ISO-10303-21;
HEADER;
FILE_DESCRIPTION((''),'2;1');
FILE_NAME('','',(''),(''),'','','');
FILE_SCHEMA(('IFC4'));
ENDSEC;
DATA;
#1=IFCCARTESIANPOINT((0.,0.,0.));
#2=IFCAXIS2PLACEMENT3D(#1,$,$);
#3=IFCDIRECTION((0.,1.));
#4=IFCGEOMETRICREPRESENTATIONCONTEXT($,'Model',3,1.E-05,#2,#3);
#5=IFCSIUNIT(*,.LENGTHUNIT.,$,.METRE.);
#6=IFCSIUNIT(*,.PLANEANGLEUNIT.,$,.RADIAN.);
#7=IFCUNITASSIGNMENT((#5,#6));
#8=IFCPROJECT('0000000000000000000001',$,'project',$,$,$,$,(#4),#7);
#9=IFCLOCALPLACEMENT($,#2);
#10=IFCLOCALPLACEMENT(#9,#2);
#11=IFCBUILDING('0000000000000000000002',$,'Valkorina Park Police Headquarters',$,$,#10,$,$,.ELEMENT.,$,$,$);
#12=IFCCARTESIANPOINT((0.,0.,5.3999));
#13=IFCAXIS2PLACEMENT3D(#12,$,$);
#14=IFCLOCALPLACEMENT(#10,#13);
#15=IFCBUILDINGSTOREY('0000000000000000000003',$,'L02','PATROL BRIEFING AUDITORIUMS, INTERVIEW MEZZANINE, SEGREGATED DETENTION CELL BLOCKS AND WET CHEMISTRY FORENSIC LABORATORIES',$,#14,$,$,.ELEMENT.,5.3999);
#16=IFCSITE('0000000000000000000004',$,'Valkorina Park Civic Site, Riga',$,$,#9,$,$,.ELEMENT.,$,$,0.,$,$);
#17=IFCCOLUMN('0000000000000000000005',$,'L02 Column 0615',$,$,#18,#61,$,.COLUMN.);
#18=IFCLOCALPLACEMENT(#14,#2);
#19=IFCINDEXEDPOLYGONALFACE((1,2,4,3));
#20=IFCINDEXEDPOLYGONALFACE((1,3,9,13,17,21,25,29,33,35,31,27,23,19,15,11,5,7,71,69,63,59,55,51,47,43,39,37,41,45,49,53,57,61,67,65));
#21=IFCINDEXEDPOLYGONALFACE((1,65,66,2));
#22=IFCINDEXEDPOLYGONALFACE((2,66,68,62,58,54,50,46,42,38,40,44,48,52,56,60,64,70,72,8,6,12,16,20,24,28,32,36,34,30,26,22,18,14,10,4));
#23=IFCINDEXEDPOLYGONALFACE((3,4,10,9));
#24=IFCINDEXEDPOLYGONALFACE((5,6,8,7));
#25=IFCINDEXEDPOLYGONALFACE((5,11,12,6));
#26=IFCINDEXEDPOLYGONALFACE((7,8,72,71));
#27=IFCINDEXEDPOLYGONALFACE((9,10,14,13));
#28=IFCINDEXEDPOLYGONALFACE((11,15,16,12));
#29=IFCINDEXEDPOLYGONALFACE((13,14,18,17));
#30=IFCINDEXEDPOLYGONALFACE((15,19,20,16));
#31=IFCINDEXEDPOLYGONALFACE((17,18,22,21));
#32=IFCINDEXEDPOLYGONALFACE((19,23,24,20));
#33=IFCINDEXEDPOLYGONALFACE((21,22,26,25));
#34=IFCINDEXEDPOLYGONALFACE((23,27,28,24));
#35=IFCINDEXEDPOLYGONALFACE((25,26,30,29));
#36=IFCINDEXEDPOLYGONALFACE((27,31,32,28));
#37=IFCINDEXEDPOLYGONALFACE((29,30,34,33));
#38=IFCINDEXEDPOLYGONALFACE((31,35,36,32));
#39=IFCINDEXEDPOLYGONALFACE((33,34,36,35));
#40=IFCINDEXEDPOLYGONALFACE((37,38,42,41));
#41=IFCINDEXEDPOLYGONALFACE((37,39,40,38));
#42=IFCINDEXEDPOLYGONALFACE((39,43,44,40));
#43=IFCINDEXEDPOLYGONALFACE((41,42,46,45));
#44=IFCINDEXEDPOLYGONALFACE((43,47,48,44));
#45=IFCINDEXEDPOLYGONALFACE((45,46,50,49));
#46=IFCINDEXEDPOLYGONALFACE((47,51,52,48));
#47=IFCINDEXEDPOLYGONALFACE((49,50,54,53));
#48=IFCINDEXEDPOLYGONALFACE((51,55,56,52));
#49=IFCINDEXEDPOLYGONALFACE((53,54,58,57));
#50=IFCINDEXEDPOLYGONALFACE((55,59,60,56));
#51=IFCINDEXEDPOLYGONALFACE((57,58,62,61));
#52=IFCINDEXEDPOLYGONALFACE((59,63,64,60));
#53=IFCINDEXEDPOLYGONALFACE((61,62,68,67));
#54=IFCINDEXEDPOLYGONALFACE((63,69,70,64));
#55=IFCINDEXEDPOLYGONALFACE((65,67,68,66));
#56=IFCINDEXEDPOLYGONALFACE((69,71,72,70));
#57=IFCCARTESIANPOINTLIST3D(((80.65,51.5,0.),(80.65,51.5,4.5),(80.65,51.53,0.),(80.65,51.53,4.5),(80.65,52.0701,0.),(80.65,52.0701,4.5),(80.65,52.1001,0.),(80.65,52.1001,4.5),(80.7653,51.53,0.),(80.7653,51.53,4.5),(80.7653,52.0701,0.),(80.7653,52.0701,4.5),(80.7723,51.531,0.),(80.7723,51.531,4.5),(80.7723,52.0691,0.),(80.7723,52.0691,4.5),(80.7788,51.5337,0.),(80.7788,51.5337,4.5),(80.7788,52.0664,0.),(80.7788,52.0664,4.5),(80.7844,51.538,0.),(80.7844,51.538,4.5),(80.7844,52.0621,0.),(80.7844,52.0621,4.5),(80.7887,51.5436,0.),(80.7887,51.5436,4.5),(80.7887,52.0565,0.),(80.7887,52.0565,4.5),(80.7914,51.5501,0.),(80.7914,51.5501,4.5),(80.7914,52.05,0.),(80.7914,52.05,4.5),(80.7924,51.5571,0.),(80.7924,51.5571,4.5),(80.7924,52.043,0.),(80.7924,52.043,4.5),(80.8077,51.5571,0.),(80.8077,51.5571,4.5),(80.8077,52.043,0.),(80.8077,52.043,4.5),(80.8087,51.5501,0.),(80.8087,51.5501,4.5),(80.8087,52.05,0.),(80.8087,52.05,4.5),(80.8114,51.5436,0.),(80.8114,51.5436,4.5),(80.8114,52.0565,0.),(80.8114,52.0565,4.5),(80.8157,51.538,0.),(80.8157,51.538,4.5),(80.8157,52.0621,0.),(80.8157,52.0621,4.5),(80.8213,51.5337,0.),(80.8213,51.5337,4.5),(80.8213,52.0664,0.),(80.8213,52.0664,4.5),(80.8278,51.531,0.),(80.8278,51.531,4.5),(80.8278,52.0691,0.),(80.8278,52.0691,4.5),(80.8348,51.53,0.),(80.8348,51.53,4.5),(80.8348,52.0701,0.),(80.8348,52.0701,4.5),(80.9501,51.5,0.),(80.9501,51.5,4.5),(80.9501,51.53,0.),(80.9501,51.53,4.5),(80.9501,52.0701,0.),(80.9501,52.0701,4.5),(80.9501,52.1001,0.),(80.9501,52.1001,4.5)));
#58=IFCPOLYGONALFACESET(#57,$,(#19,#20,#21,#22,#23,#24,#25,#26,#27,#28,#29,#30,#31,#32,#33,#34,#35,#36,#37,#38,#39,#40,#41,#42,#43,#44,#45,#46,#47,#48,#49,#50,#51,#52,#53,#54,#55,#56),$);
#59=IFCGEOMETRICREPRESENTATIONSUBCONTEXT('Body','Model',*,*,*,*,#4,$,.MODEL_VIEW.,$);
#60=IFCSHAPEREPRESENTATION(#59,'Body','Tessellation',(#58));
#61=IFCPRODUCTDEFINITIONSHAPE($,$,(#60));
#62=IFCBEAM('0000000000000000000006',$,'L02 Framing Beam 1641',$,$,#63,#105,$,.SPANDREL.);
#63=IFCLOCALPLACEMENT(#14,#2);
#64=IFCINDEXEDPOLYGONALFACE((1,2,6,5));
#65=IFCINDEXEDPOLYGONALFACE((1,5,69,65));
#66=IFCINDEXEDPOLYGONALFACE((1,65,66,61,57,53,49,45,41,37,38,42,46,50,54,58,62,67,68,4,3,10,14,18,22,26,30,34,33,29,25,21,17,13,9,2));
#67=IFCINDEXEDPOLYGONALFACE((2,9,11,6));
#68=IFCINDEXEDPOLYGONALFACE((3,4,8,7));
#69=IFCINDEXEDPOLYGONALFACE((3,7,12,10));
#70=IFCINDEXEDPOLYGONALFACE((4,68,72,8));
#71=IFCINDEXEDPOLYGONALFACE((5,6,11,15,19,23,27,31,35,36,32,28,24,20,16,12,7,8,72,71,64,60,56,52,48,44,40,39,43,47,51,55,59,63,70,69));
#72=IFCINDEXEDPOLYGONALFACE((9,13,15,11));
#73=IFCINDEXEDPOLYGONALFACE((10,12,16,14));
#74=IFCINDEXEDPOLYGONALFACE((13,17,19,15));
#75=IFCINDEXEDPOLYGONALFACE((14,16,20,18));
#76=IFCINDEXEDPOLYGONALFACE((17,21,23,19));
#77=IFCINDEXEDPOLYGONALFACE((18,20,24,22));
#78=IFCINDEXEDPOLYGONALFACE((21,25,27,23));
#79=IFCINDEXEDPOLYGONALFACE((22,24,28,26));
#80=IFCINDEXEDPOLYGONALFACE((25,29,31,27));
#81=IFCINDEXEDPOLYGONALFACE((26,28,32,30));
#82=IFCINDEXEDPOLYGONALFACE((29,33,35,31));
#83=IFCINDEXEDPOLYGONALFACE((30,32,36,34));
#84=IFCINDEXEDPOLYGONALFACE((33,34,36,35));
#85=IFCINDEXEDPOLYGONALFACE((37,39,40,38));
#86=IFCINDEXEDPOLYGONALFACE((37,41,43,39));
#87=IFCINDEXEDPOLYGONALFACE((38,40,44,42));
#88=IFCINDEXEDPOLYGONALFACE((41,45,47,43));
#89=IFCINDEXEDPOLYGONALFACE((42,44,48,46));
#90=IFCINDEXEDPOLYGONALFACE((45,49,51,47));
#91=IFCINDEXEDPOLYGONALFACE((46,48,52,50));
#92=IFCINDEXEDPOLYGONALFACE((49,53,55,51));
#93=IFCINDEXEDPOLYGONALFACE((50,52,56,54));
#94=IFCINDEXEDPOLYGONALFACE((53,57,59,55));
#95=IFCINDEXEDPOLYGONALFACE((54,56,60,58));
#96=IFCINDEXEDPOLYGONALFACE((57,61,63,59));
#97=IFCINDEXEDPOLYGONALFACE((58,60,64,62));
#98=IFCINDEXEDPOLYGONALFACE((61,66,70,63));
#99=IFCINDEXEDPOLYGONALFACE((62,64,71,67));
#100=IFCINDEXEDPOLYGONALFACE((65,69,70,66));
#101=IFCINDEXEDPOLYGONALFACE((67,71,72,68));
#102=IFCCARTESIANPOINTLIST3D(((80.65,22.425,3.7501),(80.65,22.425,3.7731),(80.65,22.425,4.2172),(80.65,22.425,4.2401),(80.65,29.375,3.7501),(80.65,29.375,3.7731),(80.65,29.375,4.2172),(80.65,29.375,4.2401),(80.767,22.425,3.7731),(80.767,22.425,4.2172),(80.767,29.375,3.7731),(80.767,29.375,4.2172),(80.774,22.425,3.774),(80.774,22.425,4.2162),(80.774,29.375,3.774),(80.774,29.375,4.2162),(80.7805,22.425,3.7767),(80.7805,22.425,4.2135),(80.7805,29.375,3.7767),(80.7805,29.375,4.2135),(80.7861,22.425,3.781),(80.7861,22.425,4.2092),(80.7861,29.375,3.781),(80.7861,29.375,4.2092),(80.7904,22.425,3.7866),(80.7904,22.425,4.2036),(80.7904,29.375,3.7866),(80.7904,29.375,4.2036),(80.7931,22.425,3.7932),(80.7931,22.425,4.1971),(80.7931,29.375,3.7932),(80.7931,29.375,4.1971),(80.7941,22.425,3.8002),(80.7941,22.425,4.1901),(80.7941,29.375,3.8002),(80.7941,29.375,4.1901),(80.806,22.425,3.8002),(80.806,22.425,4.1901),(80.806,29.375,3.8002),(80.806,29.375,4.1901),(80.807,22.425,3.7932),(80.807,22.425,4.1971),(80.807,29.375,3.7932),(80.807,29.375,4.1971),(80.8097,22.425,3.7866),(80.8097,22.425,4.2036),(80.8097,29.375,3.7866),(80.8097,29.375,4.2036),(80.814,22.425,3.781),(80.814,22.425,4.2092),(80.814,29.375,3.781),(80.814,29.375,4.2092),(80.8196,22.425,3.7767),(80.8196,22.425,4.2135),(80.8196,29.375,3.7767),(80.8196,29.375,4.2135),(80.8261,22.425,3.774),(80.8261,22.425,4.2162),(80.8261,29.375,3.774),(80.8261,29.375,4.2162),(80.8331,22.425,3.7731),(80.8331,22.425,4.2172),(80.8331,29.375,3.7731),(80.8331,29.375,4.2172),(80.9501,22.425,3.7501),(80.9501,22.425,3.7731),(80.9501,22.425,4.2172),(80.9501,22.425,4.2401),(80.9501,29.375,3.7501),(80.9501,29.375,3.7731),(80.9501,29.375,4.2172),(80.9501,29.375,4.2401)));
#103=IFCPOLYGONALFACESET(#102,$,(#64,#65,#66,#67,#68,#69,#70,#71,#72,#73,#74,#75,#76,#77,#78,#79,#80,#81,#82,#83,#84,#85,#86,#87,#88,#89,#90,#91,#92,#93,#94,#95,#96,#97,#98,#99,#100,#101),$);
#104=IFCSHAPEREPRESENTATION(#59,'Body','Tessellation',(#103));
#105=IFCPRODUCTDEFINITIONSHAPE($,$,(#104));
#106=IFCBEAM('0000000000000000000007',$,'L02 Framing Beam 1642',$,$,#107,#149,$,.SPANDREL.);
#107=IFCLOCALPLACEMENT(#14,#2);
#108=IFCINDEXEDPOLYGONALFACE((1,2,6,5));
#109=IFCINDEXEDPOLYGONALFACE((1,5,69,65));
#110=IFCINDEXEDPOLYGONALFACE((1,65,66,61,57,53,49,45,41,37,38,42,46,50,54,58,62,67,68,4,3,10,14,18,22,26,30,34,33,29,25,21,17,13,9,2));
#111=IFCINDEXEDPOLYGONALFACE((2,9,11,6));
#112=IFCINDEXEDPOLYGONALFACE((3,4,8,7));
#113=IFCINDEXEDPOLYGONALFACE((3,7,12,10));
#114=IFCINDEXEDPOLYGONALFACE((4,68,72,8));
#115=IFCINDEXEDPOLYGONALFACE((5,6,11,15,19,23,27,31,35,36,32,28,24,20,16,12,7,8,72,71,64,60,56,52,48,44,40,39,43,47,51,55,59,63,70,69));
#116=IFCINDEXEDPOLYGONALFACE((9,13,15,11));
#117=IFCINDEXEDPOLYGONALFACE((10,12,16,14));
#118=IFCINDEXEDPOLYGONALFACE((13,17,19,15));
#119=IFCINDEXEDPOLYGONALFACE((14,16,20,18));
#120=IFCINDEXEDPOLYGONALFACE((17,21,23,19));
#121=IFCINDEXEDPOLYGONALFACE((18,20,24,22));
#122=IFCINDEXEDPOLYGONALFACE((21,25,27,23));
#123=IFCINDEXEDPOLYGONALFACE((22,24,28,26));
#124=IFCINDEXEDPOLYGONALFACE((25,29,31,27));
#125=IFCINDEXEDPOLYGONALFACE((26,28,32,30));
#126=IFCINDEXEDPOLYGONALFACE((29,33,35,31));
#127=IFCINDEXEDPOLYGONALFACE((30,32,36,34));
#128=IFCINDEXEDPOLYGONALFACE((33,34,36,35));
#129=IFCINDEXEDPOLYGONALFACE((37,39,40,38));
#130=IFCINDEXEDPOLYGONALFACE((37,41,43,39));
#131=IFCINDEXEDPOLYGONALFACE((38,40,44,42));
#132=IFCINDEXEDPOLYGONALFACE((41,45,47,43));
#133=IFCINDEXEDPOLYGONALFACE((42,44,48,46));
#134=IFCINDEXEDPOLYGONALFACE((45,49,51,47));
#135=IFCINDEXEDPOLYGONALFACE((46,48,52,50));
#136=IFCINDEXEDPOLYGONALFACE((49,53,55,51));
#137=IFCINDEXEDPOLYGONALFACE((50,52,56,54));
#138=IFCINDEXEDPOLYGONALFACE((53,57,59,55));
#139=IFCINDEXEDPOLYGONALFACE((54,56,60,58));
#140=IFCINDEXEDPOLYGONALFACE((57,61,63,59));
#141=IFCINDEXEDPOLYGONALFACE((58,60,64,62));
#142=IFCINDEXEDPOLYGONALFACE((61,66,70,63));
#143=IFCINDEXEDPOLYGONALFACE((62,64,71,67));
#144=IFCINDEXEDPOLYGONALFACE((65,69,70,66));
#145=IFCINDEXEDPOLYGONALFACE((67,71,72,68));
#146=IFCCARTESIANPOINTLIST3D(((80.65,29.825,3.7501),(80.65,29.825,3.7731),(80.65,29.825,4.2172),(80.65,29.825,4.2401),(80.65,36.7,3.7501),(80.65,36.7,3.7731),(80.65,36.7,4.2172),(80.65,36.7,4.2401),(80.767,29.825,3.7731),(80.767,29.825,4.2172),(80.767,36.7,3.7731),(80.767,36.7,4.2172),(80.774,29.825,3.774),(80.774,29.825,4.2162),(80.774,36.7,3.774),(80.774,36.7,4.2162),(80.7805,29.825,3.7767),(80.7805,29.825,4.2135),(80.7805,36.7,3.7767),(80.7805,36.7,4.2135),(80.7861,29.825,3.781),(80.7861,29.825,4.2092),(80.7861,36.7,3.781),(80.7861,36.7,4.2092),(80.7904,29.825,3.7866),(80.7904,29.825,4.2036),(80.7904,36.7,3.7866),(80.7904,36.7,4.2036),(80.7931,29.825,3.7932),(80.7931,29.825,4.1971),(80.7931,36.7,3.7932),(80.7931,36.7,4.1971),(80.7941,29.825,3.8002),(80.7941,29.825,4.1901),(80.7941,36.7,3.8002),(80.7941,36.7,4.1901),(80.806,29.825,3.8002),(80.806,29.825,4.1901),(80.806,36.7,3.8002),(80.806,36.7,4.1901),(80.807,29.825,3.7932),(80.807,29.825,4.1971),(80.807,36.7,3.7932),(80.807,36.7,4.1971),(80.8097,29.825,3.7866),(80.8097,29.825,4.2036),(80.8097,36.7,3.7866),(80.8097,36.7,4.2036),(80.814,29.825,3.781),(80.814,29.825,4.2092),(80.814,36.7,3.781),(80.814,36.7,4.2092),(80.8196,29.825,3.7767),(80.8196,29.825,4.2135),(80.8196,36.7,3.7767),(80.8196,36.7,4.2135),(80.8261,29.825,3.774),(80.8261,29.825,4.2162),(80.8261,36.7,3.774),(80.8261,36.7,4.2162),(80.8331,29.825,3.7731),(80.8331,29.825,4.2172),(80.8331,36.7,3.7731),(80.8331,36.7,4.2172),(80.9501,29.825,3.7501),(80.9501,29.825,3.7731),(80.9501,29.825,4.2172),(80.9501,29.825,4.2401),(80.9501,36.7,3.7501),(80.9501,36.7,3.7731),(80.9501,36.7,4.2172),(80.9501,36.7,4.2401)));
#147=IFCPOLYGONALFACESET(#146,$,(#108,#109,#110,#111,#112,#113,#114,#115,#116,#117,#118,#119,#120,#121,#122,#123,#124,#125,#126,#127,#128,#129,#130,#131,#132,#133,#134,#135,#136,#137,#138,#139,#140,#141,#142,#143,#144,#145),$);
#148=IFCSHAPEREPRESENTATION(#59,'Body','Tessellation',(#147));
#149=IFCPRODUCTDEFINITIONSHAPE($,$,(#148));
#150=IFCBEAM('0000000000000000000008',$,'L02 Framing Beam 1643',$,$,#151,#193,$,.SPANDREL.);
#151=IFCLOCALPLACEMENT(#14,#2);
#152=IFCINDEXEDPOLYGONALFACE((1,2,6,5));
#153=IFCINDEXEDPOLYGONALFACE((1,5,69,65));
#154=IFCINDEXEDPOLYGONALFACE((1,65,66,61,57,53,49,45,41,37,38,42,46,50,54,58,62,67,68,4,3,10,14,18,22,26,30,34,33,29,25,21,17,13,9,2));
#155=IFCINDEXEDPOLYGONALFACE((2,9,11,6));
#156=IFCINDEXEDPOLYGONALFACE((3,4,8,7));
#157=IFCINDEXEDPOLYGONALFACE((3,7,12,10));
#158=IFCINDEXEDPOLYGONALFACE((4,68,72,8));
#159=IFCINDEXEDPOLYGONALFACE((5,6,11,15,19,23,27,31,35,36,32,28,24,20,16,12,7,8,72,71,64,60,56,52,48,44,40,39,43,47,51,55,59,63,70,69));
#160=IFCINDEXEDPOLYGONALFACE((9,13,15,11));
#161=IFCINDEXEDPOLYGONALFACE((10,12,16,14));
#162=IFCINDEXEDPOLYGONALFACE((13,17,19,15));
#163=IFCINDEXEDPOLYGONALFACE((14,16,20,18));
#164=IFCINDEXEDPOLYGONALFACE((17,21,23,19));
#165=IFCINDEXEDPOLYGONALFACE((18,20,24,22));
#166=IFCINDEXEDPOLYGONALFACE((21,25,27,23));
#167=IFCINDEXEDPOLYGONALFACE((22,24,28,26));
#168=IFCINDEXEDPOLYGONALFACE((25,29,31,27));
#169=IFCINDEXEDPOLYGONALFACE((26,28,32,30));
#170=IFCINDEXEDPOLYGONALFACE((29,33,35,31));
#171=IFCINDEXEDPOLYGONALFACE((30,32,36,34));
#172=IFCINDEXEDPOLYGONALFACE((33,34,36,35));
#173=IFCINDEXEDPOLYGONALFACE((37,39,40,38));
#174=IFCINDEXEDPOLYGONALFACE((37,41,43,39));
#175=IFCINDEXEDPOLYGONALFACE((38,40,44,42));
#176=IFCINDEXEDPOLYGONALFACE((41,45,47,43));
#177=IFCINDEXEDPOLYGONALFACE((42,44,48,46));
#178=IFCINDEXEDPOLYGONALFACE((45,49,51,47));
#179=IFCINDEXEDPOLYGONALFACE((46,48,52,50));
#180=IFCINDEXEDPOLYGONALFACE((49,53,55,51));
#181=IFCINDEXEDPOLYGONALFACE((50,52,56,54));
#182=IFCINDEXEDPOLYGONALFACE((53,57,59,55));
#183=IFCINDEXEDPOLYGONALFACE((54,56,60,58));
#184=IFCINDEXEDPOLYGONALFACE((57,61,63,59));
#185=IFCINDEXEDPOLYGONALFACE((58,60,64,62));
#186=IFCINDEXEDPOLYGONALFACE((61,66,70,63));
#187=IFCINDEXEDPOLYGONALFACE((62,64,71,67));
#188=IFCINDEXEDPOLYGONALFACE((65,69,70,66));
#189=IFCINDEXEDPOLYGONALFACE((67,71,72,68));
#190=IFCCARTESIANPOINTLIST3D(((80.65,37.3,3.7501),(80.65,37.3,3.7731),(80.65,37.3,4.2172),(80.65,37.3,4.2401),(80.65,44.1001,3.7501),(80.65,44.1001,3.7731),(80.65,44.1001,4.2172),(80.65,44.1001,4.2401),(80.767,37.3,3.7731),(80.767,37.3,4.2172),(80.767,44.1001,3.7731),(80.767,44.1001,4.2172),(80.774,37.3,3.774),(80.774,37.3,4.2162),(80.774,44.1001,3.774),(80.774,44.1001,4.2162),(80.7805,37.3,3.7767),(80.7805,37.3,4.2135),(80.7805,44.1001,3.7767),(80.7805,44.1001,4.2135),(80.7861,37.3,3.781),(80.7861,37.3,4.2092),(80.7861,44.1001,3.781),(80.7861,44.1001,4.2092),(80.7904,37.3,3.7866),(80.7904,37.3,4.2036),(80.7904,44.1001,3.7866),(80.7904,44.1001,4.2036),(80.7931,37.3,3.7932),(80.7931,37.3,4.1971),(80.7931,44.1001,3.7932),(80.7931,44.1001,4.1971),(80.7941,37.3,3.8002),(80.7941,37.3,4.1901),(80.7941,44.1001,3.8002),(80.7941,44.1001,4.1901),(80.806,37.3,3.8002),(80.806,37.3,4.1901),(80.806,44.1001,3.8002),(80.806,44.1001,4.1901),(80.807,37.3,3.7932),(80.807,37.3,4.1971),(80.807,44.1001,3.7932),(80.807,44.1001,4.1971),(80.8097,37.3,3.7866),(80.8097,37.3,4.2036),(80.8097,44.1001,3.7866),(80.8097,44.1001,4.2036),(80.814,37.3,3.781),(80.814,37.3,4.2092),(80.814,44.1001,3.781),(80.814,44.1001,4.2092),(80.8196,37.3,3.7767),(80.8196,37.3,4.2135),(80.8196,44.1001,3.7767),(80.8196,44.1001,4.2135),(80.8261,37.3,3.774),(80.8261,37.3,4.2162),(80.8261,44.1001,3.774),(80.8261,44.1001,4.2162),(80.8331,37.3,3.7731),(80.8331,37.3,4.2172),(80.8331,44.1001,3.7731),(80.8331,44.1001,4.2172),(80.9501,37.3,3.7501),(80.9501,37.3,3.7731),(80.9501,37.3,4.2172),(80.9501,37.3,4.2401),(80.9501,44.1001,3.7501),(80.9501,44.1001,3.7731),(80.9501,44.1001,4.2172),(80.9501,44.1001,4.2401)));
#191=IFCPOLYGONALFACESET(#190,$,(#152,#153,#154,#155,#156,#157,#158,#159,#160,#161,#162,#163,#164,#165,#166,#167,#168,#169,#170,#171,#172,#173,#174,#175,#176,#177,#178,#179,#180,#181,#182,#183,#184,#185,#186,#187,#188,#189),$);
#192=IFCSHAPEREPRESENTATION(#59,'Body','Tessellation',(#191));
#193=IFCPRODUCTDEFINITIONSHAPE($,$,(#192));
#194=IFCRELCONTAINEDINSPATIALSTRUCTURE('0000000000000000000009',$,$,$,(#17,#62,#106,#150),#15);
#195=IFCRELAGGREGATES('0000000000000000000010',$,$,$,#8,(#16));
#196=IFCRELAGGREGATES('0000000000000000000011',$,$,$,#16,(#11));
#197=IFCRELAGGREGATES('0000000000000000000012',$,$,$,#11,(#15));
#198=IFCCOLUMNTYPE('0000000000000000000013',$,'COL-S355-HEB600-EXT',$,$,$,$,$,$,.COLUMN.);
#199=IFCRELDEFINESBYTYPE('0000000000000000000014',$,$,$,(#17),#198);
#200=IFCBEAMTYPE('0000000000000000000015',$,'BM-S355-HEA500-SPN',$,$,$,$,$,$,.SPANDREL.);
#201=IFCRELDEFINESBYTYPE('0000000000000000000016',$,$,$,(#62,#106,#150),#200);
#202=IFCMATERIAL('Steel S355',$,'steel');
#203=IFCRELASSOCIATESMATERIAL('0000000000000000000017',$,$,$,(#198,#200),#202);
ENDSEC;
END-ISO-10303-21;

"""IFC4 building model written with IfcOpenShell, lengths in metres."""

from ifc_helpers import new_model, si_unit, direction, frame, origin, origin_2d, place, context, subcontext, project, spatial, i_section, extrude, material, material_profile, profile_set, type_object, element, save


model = new_model("IFC4")

# Units and contexts
model_context = context("Model", 3, precision=1e-05, world=origin(), true_north=direction((0.0, 1.0)))
body_context = subcontext(model_context, "Body", "Model", "MODEL_VIEW")
ifc_project = project(units=[si_unit("LENGTHUNIT", "METRE"), si_unit("PLANEANGLEUNIT", "RADIAN")], contexts=[model_context])

# Site, building, storey
site_placement = place(None, origin())
site = spatial("IfcSite", under=ifc_project, at=site_placement, Name="Valkorina Park Civic Site, Riga", CompositionType="ELEMENT", RefElevation=0.0)
building_placement = place(site_placement, origin())
building = spatial("IfcBuilding", under=site, at=building_placement, Name="Valkorina Park Police Headquarters", CompositionType="ELEMENT")
storey_placement = place(building_placement, frame((0.0, 0.0, 5.3999)))
storey = spatial("IfcBuildingStorey", under=building, at=storey_placement, Name="L02", Description="PATROL BRIEFING AUDITORIUMS, INTERVIEW MEZZANINE, SEGREGATED DETENTION CELL BLOCKS AND WET CHEMISTRY FORENSIC LABORATORIES", CompositionType="ELEMENT", Elevation=5.3999)

# Column
ifc_material_1 = material(Name="Steel S355", Category="steel")
ifc_material_profile_1 = material_profile(ifc_material_1, i_section(OverallWidth=0.3, OverallDepth=0.6001, WebThickness=0.0154, FlangeThickness=0.03, FilletRadius=0.0271, at=origin_2d()), Name="HEB 600")
ifc_profile_set_1 = profile_set([ifc_material_profile_1], Name="Steel S355")
column_type_1 = type_object("IfcColumnType", Name="COL-S355-HEB600-EXT", PredefinedType="COLUMN", material=ifc_profile_set_1)
for number, where, z_axis, x_axis, name in (
    (1, (80.8, 51.8, 0.0), (0.0, 0.0, 1.0), (1.0, 0.0, 0.0), "L02 Column 0615"),
):
    element("IfcColumn", number, at=place(storey_placement, frame(where, z_axis=z_axis, x_axis=x_axis)), inside=storey, type_object=column_type_1, Name=name, PredefinedType="COLUMN", context=body_context, shape_type="SweptSolid", body=[
        extrude(i_section(OverallWidth=0.3, OverallDepth=0.6001, WebThickness=0.0154, FlangeThickness=0.03, FilletRadius=0.0271, at=origin_2d()), origin(), (0.0, 0.0, 1.0), 4.5),
    ])

# Beams
ifc_material_profile_2 = material_profile(ifc_material_1, i_section(OverallWidth=0.3, OverallDepth=0.49, WebThickness=0.012, FlangeThickness=0.0229, FilletRadius=0.0271, at=origin_2d()), Name="HEA 500")
ifc_profile_set_2 = profile_set([ifc_material_profile_2], Name="Steel S355")
beam_type = type_object("IfcBeamType", Name="BM-S355-HEA500-SPN", PredefinedType="SPANDREL", material=ifc_profile_set_2)
beam_1_placement = place(storey_placement, frame((80.8, 22.425, 3.9951), z_axis=(0.0, 1.0, 0.0), x_axis=(-1.0, 0.0, 0.0)))
element("IfcBeam", 2, at=beam_1_placement, inside=storey, type_object=beam_type, Name="L02 Framing Beam 1641", PredefinedType="SPANDREL", context=body_context, shape_type="SweptSolid", body=[
    extrude(i_section(OverallWidth=0.3, OverallDepth=0.49, WebThickness=0.012, FlangeThickness=0.0229, FilletRadius=0.0271, at=origin_2d()), origin(), (0.0, 0.0, 1.0), 6.95),
])
beam_2_placement = place(storey_placement, frame((80.8, 29.825, 3.9951), z_axis=(0.0, 1.0, 0.0), x_axis=(-1.0, 0.0, 0.0)))
element("IfcBeam", 3, at=beam_2_placement, inside=storey, type_object=beam_type, Name="L02 Framing Beam 1642", PredefinedType="SPANDREL", context=body_context, shape_type="SweptSolid", body=[
    extrude(i_section(OverallWidth=0.3, OverallDepth=0.49, WebThickness=0.012, FlangeThickness=0.0229, FilletRadius=0.0271, at=origin_2d()), origin(), (0.0, 0.0, 1.0), 6.875),
])
for number, where, z_axis, x_axis, name in (
    (4, (80.8, 37.3, 3.9951), (0.0, 1.0, 0.0), (-1.0, 0.0, 0.0), "L02 Framing Beam 1643"),
):
    element("IfcBeam", number, at=place(storey_placement, frame(where, z_axis=z_axis, x_axis=x_axis)), inside=storey, type_object=beam_type, Name=name, PredefinedType="SPANDREL", context=body_context, shape_type="SweptSolid", body=[
        extrude(i_section(OverallWidth=0.3, OverallDepth=0.49, WebThickness=0.012, FlangeThickness=0.0229, FilletRadius=0.0271, at=origin_2d()), origin(), (0.0, 0.0, 1.0), 6.8),
    ])

save(model, "model.ifc")
